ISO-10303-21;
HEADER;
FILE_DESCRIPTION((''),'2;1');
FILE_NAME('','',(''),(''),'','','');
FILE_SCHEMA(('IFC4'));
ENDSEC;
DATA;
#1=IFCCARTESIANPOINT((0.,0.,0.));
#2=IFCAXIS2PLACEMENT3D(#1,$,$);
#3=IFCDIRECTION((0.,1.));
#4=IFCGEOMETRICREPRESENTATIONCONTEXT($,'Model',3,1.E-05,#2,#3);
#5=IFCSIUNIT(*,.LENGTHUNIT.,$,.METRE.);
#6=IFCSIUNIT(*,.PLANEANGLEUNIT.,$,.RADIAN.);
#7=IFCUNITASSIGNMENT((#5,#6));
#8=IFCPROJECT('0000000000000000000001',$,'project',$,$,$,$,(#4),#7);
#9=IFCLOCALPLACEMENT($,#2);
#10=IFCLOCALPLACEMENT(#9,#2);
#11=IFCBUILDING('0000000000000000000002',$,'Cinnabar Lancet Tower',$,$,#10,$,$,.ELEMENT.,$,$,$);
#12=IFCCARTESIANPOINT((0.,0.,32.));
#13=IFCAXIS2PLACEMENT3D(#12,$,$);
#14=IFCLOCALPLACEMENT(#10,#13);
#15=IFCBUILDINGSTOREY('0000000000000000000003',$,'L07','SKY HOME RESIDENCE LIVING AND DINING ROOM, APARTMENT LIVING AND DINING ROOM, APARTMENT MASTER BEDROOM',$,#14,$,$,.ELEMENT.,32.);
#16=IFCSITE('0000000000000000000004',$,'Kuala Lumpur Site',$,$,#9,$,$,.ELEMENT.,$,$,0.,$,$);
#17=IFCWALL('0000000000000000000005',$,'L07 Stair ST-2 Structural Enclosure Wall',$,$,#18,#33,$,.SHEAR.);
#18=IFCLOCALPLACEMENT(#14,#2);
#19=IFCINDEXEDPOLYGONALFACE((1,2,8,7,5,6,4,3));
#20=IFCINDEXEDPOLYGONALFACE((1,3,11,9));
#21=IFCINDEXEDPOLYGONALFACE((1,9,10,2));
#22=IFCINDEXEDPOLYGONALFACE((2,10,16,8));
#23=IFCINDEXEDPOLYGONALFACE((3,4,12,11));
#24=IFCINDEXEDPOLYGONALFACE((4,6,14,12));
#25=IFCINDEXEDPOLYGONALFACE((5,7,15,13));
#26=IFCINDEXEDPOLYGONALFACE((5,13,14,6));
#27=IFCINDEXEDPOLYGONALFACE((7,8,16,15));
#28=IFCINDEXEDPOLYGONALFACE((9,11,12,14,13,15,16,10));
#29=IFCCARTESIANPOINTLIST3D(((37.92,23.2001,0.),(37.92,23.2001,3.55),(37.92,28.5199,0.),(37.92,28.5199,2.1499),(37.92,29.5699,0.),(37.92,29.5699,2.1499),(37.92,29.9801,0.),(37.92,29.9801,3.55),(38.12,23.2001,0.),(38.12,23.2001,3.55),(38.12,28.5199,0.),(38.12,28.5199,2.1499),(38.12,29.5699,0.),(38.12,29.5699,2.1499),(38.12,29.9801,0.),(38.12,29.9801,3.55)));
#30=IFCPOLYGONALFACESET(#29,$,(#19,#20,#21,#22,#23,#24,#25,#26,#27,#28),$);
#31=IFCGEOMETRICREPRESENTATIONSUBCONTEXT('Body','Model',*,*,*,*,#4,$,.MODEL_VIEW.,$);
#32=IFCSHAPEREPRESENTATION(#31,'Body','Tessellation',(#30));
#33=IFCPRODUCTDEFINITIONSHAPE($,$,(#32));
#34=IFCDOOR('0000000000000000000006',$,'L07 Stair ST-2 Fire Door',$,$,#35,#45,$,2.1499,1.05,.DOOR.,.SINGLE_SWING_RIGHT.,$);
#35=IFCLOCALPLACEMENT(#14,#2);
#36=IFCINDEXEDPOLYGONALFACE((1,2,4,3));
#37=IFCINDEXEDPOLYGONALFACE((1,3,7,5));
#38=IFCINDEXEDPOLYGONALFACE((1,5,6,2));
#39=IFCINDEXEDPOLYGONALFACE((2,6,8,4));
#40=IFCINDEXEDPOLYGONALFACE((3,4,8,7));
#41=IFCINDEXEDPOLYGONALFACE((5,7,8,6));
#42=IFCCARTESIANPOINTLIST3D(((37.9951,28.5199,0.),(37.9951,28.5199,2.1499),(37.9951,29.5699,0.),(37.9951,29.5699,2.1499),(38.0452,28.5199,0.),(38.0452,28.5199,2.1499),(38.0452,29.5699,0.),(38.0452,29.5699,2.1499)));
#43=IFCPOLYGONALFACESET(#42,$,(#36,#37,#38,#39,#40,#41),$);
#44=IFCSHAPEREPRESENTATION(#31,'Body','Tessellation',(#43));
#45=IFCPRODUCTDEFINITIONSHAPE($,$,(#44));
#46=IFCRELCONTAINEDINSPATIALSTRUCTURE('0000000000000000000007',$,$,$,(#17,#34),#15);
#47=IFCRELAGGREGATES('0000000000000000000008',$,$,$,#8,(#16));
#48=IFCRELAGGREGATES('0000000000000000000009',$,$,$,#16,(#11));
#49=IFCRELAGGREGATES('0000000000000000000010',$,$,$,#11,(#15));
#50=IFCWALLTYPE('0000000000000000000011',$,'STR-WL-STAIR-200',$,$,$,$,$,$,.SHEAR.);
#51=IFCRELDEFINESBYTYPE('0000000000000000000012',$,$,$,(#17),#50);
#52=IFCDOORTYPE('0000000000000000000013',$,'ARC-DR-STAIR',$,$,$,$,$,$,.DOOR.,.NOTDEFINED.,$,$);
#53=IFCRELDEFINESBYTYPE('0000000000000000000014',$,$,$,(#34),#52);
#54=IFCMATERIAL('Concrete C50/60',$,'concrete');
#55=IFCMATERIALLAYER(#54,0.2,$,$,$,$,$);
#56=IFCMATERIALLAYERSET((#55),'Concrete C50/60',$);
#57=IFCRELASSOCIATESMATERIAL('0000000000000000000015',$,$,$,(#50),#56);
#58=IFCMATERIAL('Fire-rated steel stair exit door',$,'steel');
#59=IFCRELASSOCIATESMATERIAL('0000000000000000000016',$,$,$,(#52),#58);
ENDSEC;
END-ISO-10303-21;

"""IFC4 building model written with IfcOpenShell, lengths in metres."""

from ifc_helpers import new_model, si_unit, direction, frame, frame_2d, origin, place, context, subcontext, project, spatial, rectangle, extrude, material, layer, layer_set, type_object, element, fill, save


model = new_model("IFC4")

# Units and contexts
model_context = context("Model", 3, precision=1e-05, world=origin(), true_north=direction((0.0, 1.0)))
body_context = subcontext(model_context, "Body", "Model", "MODEL_VIEW")
ifc_project = project(units=[si_unit("LENGTHUNIT", "METRE"), si_unit("PLANEANGLEUNIT", "RADIAN")], contexts=[model_context])

# Site, building, storey
site_placement = place(None, origin())
site = spatial("IfcSite", under=ifc_project, at=site_placement, Name="Kuala Lumpur Site", CompositionType="ELEMENT", RefElevation=0.0)
building_placement = place(site_placement, origin())
building = spatial("IfcBuilding", under=site, at=building_placement, Name="Cinnabar Lancet Tower", CompositionType="ELEMENT")
storey_placement = place(building_placement, frame((0.0, 0.0, 32.0)))
storey = spatial("IfcBuildingStorey", under=building, at=storey_placement, Name="L07", Description="SKY HOME RESIDENCE LIVING AND DINING ROOM, APARTMENT LIVING AND DINING ROOM, APARTMENT MASTER BEDROOM", CompositionType="ELEMENT", Elevation=32.0)

# Wall, opening, door
ifc_material_1 = material(Name="Concrete C50/60", Category="concrete")
ifc_layer_1 = layer(ifc_material_1, 0.2)
ifc_layer_set_1 = layer_set([ifc_layer_1], Name="Concrete C50/60")
wall_type_1 = type_object("IfcWallType", Name="STR-WL-STAIR-200", PredefinedType="SHEAR", material=ifc_layer_set_1)
wall_1_placement = place(storey_placement, frame((38.02, 23.2, 0.0), z_axis=(0.0, 0.0, 1.0), x_axis=(0.0, 1.0, 0.0)))
wall_1 = element("IfcWall", 1, at=wall_1_placement, inside=storey, type_object=wall_type_1, Name="L07 Stair ST-2 Structural Enclosure Wall", PredefinedType="SHEAR", context=body_context, shape_type="SweptSolid", body=[
    extrude(rectangle(XDim=6.78, YDim=0.2, at=frame_2d((3.3901, 0.0))), origin(), (0.0, 0.0, 1.0), 3.55),
])
opening_1_placement = place(wall_1_placement, frame((5.3201, 0.0, 0.0)))
opening_1 = element("IfcOpeningElement", 2, at=opening_1_placement, cuts=wall_1, PredefinedType="OPENING", context=body_context, shape_type="SweptSolid", body=[
    extrude(rectangle(XDim=1.05, YDim=2.1499, at=frame_2d((0.5249, 1.075))), frame((0.0, 0.1099, 0.0), z_axis=(0.0, -1.0, 0.0), x_axis=(1.0, 0.0, 0.0)), (0.0, 0.0, 1.0), 0.22),
])
ifc_material_2 = material(Name="Fire-rated steel stair exit door", Category="steel")
door_type_1 = type_object("IfcDoorType", Name="ARC-DR-STAIR", OperationType="NOTDEFINED", PredefinedType="DOOR", material=ifc_material_2)
door_1_placement = place(opening_1_placement, origin())
door_1 = element("IfcDoor", 3, at=door_1_placement, inside=storey, type_object=door_type_1, Name="L07 Stair ST-2 Fire Door", OperationType="SINGLE_SWING_RIGHT", OverallHeight=2.1499, OverallWidth=1.05, PredefinedType="DOOR", context=body_context, shape_type="SweptSolid", body=[
    extrude(rectangle(XDim=1.05, YDim=2.1499, at=frame_2d((0.5249, 1.075))), frame((0.0, 0.0249, 0.0), z_axis=(0.0, -1.0, 0.0), x_axis=(1.0, 0.0, 0.0)), (0.0, 0.0, 1.0), 0.05),
])
fill(opening_1, door_1)

save(model, "model.ifc")
